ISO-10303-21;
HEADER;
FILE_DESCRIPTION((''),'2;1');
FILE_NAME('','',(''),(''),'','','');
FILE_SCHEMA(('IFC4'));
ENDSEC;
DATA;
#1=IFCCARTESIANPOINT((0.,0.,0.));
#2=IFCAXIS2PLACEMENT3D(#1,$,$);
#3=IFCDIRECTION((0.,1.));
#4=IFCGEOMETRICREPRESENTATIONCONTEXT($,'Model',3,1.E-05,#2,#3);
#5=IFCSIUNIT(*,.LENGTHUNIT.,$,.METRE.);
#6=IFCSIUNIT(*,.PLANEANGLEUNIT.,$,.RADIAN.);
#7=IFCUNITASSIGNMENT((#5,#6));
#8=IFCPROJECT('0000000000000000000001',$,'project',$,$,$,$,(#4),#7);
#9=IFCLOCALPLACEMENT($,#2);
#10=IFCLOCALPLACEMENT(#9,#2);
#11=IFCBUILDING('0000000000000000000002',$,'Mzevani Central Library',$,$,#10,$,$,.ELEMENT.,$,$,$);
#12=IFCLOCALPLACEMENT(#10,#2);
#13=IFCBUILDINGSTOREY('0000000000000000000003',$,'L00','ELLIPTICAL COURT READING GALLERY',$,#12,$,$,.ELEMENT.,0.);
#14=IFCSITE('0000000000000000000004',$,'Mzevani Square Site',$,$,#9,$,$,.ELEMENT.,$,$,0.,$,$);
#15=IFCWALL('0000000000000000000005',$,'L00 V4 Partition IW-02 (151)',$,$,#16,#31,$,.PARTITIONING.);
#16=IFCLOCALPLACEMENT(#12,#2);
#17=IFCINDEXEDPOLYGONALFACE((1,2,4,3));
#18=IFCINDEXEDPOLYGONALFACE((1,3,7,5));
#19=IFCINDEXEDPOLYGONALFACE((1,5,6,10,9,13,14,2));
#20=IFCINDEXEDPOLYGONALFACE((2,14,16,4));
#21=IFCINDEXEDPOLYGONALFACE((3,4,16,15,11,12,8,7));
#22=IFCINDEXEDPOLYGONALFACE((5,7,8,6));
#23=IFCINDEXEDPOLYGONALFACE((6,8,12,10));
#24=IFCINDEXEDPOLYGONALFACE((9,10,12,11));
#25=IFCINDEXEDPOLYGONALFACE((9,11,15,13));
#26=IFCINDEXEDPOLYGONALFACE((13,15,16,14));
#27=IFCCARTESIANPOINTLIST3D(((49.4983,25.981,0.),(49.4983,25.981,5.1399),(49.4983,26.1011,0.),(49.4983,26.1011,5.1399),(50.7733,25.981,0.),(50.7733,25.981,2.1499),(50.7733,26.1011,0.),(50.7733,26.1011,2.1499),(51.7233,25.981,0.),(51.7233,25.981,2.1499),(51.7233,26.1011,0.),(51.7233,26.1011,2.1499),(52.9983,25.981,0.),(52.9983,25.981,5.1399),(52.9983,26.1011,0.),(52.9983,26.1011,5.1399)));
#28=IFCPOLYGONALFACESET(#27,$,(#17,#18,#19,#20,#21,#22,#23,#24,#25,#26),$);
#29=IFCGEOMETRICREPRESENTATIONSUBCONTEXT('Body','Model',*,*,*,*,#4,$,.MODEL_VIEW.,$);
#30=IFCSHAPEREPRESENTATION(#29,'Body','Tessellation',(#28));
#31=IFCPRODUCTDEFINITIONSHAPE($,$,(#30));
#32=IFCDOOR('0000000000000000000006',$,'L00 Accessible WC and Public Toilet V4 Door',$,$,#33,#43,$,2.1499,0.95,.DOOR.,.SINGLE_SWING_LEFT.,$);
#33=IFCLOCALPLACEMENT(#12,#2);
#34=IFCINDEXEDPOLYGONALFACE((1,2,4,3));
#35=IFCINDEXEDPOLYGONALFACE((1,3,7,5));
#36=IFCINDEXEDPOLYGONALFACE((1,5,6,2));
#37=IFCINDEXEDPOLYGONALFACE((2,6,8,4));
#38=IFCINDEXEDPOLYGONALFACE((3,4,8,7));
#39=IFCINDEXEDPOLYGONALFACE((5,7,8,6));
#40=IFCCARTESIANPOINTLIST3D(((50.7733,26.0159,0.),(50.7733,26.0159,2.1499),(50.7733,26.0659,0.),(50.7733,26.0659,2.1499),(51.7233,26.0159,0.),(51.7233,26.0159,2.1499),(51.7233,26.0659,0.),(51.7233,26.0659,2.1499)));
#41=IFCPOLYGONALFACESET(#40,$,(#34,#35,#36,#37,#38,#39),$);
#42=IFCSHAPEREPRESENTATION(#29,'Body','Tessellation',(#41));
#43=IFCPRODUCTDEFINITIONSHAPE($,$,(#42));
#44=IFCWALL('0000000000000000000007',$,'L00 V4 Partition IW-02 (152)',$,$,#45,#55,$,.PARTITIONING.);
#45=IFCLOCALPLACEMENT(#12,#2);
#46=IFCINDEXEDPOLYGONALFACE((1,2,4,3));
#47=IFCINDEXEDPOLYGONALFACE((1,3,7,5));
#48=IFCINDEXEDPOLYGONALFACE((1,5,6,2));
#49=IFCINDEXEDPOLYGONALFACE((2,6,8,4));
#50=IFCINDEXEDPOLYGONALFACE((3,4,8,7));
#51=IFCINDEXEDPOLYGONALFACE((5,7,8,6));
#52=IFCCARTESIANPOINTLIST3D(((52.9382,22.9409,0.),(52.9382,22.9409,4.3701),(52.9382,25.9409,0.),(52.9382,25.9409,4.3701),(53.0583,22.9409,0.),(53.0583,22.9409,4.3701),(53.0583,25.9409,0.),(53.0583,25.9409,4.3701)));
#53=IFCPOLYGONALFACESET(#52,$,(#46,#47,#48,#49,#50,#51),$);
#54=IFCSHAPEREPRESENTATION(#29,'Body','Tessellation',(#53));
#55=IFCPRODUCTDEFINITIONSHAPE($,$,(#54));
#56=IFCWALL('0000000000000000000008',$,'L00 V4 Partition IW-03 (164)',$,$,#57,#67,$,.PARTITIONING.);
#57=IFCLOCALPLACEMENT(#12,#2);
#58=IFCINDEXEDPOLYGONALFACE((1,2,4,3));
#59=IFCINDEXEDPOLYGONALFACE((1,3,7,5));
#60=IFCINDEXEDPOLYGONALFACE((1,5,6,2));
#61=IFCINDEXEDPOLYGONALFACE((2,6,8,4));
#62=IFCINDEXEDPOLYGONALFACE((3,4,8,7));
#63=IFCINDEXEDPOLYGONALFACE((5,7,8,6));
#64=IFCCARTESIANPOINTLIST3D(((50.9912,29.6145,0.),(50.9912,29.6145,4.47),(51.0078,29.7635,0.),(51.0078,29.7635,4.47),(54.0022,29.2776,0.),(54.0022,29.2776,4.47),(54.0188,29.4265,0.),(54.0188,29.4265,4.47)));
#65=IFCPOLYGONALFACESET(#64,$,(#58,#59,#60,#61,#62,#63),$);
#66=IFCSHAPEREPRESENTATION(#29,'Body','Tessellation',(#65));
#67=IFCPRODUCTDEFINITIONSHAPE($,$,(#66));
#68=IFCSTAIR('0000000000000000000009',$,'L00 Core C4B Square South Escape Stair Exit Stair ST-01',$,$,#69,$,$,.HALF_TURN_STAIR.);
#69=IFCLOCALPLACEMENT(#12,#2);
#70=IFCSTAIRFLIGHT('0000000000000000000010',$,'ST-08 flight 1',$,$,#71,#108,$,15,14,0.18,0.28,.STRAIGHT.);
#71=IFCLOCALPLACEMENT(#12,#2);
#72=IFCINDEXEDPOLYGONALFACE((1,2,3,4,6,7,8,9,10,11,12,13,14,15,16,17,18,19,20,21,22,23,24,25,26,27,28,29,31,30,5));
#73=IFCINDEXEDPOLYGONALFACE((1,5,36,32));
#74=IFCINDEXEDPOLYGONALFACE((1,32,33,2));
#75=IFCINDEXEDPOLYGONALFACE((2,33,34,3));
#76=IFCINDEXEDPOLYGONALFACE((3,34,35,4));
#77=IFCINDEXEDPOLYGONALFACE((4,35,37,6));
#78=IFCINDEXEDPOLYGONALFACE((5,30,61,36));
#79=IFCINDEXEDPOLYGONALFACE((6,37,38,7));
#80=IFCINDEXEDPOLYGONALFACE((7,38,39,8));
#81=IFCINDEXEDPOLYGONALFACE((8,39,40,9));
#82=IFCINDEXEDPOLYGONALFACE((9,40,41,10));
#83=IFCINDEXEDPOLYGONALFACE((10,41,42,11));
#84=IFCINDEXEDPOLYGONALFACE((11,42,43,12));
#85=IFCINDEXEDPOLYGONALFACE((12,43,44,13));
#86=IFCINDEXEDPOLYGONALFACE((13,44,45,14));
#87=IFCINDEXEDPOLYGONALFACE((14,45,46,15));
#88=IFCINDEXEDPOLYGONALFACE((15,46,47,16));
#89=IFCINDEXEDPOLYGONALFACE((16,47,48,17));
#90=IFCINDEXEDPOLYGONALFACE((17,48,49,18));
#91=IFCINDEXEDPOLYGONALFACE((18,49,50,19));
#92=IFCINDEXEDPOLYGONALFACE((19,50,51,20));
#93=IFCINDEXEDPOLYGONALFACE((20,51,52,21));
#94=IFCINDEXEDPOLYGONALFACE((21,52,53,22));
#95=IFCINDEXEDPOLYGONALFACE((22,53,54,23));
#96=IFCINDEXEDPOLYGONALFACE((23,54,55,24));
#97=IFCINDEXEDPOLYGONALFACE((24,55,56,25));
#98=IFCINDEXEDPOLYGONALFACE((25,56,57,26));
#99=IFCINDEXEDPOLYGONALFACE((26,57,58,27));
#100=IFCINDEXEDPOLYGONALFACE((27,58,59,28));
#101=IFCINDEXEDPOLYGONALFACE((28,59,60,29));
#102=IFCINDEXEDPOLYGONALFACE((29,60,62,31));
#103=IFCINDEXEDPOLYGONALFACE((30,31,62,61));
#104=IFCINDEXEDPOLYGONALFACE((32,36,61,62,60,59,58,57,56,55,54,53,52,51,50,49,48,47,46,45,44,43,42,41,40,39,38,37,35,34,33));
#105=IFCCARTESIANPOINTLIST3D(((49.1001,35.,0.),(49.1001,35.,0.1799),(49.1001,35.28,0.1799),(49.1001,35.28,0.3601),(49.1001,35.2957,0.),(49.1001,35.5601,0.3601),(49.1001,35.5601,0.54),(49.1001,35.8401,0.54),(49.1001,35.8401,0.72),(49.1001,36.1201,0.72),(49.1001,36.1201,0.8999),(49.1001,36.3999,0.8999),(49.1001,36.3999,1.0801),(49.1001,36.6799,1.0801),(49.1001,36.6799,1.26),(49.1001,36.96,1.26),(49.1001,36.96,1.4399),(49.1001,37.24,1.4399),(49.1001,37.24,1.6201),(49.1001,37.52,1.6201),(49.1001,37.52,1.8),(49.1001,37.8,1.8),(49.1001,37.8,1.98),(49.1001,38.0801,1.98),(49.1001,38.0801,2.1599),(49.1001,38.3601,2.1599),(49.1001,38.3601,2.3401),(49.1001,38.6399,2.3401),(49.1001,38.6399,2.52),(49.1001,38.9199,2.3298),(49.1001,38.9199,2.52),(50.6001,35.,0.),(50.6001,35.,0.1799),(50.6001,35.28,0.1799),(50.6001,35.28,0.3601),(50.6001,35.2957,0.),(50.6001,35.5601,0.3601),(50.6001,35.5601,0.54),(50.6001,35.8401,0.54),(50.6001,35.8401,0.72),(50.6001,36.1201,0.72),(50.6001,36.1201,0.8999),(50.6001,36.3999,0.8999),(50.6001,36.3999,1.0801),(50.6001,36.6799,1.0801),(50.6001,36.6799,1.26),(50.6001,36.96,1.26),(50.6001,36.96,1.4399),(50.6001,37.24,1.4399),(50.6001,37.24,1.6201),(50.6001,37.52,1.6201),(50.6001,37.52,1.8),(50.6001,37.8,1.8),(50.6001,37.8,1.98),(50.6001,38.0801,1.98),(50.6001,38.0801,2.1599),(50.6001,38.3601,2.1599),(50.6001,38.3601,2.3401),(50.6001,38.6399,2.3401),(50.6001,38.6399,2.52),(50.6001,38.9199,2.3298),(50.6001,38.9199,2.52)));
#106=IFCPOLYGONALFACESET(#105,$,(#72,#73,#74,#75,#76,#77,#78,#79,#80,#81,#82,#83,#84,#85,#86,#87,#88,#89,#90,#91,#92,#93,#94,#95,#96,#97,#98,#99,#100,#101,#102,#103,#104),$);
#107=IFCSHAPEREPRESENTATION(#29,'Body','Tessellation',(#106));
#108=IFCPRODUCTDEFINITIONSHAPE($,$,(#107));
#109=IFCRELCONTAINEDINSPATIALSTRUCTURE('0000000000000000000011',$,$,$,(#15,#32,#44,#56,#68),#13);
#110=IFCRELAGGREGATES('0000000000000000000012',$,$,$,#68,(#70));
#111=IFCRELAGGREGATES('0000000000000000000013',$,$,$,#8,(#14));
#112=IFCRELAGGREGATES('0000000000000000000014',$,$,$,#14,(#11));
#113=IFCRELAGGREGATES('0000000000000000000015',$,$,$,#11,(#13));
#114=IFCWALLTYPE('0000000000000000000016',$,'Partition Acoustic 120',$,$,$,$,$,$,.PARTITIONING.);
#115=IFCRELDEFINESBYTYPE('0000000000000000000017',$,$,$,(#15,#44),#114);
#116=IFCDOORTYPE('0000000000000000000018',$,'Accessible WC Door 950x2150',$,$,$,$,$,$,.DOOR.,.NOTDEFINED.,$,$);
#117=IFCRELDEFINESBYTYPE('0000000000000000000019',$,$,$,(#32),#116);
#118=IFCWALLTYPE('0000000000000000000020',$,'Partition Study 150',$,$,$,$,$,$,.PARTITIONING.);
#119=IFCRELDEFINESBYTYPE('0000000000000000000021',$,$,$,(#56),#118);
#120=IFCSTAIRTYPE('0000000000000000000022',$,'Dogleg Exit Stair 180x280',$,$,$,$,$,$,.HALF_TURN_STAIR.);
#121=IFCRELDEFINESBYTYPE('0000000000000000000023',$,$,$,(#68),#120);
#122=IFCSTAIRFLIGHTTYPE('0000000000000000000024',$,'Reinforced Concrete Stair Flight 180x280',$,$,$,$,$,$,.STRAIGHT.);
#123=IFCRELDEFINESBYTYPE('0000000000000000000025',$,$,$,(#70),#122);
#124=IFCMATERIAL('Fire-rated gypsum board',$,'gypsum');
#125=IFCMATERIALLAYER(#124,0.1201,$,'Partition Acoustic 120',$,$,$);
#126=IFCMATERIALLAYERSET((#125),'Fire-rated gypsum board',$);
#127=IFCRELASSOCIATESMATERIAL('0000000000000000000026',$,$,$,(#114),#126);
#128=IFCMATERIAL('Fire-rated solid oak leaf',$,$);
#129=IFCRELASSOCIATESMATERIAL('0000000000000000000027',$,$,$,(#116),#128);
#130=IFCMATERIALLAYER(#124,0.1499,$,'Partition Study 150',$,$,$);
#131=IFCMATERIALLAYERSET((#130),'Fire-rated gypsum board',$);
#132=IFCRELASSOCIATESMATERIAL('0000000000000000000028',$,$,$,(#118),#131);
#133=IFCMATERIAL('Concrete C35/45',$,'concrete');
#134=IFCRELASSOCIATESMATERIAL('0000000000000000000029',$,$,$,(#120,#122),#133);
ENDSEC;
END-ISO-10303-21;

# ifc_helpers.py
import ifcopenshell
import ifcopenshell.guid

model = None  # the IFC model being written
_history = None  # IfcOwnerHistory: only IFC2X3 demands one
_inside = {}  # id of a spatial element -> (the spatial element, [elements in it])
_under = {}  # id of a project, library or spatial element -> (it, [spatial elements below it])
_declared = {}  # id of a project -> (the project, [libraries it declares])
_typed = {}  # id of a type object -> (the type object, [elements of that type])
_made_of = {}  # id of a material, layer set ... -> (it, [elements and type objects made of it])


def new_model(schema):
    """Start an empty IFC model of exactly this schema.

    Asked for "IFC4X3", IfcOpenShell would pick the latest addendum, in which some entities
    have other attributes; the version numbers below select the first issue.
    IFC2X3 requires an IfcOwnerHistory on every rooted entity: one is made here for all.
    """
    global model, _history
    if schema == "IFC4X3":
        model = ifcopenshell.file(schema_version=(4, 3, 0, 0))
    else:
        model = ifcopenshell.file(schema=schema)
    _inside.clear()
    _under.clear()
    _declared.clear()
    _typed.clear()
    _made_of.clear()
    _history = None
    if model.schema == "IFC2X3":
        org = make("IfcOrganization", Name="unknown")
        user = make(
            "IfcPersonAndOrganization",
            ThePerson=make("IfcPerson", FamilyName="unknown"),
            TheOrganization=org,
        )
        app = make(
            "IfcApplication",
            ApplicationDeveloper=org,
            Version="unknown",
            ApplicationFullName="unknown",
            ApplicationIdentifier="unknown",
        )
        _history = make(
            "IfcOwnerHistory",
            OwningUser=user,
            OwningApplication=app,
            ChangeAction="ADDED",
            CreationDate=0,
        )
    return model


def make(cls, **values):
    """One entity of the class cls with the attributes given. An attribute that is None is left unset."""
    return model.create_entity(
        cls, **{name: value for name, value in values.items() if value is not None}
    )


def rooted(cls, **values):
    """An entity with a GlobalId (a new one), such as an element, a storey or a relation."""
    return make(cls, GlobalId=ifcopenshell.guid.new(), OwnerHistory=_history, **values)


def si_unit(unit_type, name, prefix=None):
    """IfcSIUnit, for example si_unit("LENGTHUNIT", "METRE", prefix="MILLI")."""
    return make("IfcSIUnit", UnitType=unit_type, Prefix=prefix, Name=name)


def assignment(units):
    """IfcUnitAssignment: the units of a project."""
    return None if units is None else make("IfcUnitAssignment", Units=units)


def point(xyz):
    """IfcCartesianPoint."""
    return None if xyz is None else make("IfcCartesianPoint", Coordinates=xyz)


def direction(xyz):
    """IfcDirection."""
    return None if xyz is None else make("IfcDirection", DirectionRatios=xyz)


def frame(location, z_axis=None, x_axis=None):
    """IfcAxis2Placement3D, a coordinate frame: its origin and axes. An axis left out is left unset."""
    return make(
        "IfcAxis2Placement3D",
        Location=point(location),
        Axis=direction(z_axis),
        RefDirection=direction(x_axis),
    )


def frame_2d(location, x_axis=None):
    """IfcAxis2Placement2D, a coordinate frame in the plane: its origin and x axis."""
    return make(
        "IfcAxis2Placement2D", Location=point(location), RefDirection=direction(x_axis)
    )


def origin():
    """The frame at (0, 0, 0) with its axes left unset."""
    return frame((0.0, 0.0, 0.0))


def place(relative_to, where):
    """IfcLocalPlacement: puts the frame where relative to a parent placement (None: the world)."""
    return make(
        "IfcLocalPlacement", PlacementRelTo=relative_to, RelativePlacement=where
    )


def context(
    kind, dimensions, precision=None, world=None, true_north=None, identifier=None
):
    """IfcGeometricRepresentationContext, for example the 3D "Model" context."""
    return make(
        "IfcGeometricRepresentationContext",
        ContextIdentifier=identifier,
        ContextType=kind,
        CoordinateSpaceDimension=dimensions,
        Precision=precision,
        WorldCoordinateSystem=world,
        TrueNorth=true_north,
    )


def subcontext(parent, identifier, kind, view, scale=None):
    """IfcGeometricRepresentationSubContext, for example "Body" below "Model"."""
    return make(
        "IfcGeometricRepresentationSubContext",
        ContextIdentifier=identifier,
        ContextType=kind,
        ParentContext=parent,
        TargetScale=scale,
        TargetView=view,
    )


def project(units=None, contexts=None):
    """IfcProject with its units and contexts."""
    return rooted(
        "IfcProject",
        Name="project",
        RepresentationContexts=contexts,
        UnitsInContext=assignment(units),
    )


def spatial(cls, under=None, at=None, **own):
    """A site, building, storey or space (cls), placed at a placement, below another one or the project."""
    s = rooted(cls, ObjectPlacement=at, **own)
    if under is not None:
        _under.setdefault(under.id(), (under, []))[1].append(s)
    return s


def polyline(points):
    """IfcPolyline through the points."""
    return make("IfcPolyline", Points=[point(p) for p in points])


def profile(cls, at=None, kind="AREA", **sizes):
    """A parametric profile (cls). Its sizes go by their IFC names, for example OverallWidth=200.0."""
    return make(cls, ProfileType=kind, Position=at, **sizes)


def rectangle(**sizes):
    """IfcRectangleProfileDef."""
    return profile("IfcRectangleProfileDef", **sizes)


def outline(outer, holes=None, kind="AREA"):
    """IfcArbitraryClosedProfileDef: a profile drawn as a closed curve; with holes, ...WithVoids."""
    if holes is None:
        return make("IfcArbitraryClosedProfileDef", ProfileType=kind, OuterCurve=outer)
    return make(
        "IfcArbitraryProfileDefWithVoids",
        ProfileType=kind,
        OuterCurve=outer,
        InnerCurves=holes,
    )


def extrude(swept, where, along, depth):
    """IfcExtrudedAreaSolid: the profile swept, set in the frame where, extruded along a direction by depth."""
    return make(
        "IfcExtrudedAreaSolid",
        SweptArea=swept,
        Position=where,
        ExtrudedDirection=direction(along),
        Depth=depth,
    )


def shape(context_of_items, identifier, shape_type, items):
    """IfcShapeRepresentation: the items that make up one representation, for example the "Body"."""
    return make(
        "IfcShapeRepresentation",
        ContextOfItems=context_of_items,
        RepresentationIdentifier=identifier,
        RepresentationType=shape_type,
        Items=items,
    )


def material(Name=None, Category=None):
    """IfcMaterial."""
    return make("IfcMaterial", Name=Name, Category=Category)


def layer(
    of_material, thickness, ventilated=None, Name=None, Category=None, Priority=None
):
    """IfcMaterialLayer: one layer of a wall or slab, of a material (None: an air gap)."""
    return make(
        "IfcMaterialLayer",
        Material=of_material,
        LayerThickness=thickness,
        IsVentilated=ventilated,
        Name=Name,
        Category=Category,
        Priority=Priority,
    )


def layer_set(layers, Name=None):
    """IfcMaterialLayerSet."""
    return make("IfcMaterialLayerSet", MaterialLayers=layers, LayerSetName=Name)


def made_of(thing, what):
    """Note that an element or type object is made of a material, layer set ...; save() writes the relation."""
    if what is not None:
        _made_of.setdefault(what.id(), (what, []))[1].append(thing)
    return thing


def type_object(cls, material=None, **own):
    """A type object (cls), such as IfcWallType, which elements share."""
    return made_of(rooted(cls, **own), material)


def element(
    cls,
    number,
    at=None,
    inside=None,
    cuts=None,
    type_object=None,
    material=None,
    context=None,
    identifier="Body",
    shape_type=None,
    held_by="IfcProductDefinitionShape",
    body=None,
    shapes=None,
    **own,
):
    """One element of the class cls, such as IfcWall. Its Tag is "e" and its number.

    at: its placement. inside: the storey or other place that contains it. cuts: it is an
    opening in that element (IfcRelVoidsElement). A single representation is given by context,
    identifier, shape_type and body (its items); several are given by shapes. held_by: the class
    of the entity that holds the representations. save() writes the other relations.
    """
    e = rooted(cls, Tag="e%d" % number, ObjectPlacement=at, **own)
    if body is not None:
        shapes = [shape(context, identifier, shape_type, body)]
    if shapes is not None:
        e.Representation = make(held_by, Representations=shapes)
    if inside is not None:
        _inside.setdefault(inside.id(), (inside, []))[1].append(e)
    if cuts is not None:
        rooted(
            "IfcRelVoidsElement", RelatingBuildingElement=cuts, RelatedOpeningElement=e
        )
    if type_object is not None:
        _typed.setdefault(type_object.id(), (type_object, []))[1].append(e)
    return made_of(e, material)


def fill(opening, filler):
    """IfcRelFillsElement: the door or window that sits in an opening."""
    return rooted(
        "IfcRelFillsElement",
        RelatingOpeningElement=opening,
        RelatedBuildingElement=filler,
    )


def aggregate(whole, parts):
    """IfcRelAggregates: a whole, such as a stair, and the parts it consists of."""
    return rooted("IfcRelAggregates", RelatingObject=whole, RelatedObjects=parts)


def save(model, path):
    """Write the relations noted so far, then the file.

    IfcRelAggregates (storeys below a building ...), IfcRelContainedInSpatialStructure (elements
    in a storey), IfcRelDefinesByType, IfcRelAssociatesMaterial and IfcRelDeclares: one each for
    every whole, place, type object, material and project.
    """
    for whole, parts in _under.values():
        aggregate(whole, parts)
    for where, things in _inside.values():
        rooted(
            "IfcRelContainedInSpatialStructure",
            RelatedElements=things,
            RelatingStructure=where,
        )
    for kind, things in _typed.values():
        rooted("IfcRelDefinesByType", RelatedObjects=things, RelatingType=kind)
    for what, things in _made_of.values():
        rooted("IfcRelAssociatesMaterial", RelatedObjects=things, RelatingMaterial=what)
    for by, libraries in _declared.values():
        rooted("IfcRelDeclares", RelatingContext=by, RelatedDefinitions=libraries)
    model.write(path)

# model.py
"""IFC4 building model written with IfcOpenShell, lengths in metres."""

from ifc_helpers import new_model, si_unit, direction, frame, frame_2d, origin, place, context, subcontext, project, spatial, polyline, rectangle, outline, extrude, material, layer, layer_set, type_object, element, fill, aggregate, save


model = new_model("IFC4")

# Units and contexts
model_context = context("Model", 3, precision=1e-05, world=origin(), true_north=direction((0.0, 1.0)))
body_context = subcontext(model_context, "Body", "Model", "MODEL_VIEW")
ifc_project = project(units=[si_unit("LENGTHUNIT", "METRE"), si_unit("PLANEANGLEUNIT", "RADIAN")], contexts=[model_context])

# Site, building, storey
site_placement = place(None, origin())
site = spatial("IfcSite", under=ifc_project, at=site_placement, Name="Mzevani Square Site", CompositionType="ELEMENT", RefElevation=0.0)
building_placement = place(site_placement, origin())
building = spatial("IfcBuilding", under=site, at=building_placement, Name="Mzevani Central Library", CompositionType="ELEMENT")
storey_placement = place(building_placement, origin())
storey = spatial("IfcBuildingStorey", under=building, at=storey_placement, Name="L00", Description="ELLIPTICAL COURT READING GALLERY", CompositionType="ELEMENT", Elevation=0.0)

# Shared definitions
ifc_material_1 = material(Name="Concrete C35/45", Category="concrete")

# Shared definitions
ifc_material_2 = material(Name="Fire-rated gypsum board", Category="gypsum")
ifc_layer_1 = layer(ifc_material_2, 0.1201, Name="Partition Acoustic 120")
ifc_layer_set_1 = layer_set([ifc_layer_1], Name="Fire-rated gypsum board")
wall_type_1 = type_object("IfcWallType", Name="Partition Acoustic 120", PredefinedType="PARTITIONING", material=ifc_layer_set_1)

# Wall, opening, door
ifc_material_3 = material(Name="Fire-rated solid oak leaf")
wall_1_placement = place(storey_placement, frame((49.4983, 26.041, 0.0), z_axis=(0.0, 0.0, 1.0), x_axis=(1.0, 0.0, 0.0)))
wall_1 = element("IfcWall", 1, at=wall_1_placement, inside=storey, type_object=wall_type_1, Name="L00 V4 Partition IW-02 (151)", PredefinedType="PARTITIONING", context=body_context, shape_type="SweptSolid", body=[
    extrude(rectangle(XDim=3.5, YDim=0.1201, at=frame_2d((1.75, 0.0))), origin(), (0.0, 0.0, 1.0), 5.1399),
])
opening_1_placement = place(wall_1_placement, frame((1.2749, 0.0, 0.0)))
opening_1 = element("IfcOpeningElement", 2, at=opening_1_placement, cuts=wall_1, PredefinedType="OPENING", context=body_context, shape_type="SweptSolid", body=[
    extrude(rectangle(XDim=0.95, YDim=2.1499, at=frame_2d((0.4751, 1.075))), frame((0.0, 0.0701, 0.0), z_axis=(0.0, -1.0, 0.0), x_axis=(1.0, 0.0, 0.0)), (0.0, 0.0, 1.0), 0.1401),
])
door_type_1 = type_object("IfcDoorType", Name="Accessible WC Door 950x2150", OperationType="NOTDEFINED", PredefinedType="DOOR", material=ifc_material_3)
door_1_placement = place(opening_1_placement, origin())
door_1 = element("IfcDoor", 3, at=door_1_placement, inside=storey, type_object=door_type_1, Name="L00 Accessible WC and Public Toilet V4 Door", OperationType="SINGLE_SWING_LEFT", OverallHeight=2.1499, OverallWidth=0.95, PredefinedType="DOOR", context=body_context, shape_type="SweptSolid", body=[
    extrude(rectangle(XDim=0.95, YDim=2.1499, at=frame_2d((0.4751, 1.075))), frame((0.0, 0.0249, 0.0), z_axis=(0.0, -1.0, 0.0), x_axis=(1.0, 0.0, 0.0)), (0.0, 0.0, 1.0), 0.05),
])
fill(opening_1, door_1)

# Walls
wall_2_placement = place(storey_placement, frame((52.9983, 25.9409, 0.0), z_axis=(0.0, 0.0, 1.0), x_axis=(0.0, -1.0, 0.0)))
element("IfcWall", 4, at=wall_2_placement, inside=storey, type_object=wall_type_1, Name="L00 V4 Partition IW-02 (152)", PredefinedType="PARTITIONING", context=body_context, shape_type="SweptSolid", body=[
    extrude(rectangle(XDim=3.0, YDim=0.1201, at=frame_2d((1.5, 0.0))), origin(), (0.0, 0.0, 1.0), 4.3701),
])
ifc_layer_2 = layer(ifc_material_2, 0.1499, Name="Partition Study 150")
ifc_layer_set_2 = layer_set([ifc_layer_2], Name="Fire-rated gypsum board")
wall_type_2 = type_object("IfcWallType", Name="Partition Study 150", PredefinedType="PARTITIONING", material=ifc_layer_set_2)
wall_3_placement = place(storey_placement, frame((54.0105, 29.3521, 0.0), z_axis=(0.0, 0.0, 1.0), x_axis=(-0.993798, 0.111201, 0.0)))
element("IfcWall", 5, at=wall_3_placement, inside=storey, type_object=wall_type_2, Name="L00 V4 Partition IW-03 (164)", PredefinedType="PARTITIONING", context=body_context, shape_type="SweptSolid", body=[
    extrude(rectangle(XDim=3.0298, YDim=0.1499, at=frame_2d((1.5149, 0.0))), origin(), (0.0, 0.0, 1.0), 4.47),
])

# Stair, stair flight
stair_type = type_object("IfcStairType", Name="Dogleg Exit Stair 180x280", PredefinedType="HALF_TURN_STAIR", material=ifc_material_1)
stair_placement = place(storey_placement, origin())
stair = element("IfcStair", 6, at=stair_placement, inside=storey, type_object=stair_type, Name="L00 Core C4B Square South Escape Stair Exit Stair ST-01", PredefinedType="HALF_TURN_STAIR")
stair_flight_type = type_object("IfcStairFlightType", Name="Reinforced Concrete Stair Flight 180x280", PredefinedType="STRAIGHT", material=ifc_material_1)
stair_flight_placement = place(storey_placement, frame((49.8501, 35.0, 0.0), z_axis=(0.0, 0.0, 1.0), x_axis=(0.0, 1.0, 0.0)))
stair_flight = element("IfcStairFlight", 7, at=stair_flight_placement, type_object=stair_flight_type, Name="ST-08 flight 1", NumberOfRisers=15, NumberOfTreads=14, PredefinedType="STRAIGHT", RiserHeight=0.18, TreadLength=0.28, context=body_context, shape_type="SweptSolid", body=[
    extrude(outline(polyline([(0.0, 0.0), (0.0, 0.1799), (0.28, 0.1799), (0.28, 0.3601), (0.5601, 0.3601), (0.5601, 0.54), (0.8401, 0.54), (0.8401, 0.72), (1.1201, 0.72), (1.1201, 0.8999), (1.3999, 0.8999), (1.3999, 1.0801), (1.6799, 1.0801), (1.6799, 1.26), (1.96, 1.26), (1.96, 1.4399), (2.24, 1.4399), (2.24, 1.6201), (2.52, 1.6201), (2.52, 1.8), (2.8, 1.8), (2.8, 1.98), (3.0801, 1.98), (3.0801, 2.1599), (3.3601, 2.1599), (3.3601, 2.3401), (3.6399, 2.3401), (3.6399, 2.52), (3.9199, 2.52), (3.9199, 2.7), (3.9199, 2.3298), (0.2957, 0.0), (0.0, 0.0)])), frame((0.0, 0.75, 0.0), z_axis=(0.0, -1.0, 0.0), x_axis=(1.0, 0.0, 0.0)), (0.0, 0.0, 1.0), 1.5),
])
aggregate(stair, [stair_flight])

save(model, "model.ifc")
